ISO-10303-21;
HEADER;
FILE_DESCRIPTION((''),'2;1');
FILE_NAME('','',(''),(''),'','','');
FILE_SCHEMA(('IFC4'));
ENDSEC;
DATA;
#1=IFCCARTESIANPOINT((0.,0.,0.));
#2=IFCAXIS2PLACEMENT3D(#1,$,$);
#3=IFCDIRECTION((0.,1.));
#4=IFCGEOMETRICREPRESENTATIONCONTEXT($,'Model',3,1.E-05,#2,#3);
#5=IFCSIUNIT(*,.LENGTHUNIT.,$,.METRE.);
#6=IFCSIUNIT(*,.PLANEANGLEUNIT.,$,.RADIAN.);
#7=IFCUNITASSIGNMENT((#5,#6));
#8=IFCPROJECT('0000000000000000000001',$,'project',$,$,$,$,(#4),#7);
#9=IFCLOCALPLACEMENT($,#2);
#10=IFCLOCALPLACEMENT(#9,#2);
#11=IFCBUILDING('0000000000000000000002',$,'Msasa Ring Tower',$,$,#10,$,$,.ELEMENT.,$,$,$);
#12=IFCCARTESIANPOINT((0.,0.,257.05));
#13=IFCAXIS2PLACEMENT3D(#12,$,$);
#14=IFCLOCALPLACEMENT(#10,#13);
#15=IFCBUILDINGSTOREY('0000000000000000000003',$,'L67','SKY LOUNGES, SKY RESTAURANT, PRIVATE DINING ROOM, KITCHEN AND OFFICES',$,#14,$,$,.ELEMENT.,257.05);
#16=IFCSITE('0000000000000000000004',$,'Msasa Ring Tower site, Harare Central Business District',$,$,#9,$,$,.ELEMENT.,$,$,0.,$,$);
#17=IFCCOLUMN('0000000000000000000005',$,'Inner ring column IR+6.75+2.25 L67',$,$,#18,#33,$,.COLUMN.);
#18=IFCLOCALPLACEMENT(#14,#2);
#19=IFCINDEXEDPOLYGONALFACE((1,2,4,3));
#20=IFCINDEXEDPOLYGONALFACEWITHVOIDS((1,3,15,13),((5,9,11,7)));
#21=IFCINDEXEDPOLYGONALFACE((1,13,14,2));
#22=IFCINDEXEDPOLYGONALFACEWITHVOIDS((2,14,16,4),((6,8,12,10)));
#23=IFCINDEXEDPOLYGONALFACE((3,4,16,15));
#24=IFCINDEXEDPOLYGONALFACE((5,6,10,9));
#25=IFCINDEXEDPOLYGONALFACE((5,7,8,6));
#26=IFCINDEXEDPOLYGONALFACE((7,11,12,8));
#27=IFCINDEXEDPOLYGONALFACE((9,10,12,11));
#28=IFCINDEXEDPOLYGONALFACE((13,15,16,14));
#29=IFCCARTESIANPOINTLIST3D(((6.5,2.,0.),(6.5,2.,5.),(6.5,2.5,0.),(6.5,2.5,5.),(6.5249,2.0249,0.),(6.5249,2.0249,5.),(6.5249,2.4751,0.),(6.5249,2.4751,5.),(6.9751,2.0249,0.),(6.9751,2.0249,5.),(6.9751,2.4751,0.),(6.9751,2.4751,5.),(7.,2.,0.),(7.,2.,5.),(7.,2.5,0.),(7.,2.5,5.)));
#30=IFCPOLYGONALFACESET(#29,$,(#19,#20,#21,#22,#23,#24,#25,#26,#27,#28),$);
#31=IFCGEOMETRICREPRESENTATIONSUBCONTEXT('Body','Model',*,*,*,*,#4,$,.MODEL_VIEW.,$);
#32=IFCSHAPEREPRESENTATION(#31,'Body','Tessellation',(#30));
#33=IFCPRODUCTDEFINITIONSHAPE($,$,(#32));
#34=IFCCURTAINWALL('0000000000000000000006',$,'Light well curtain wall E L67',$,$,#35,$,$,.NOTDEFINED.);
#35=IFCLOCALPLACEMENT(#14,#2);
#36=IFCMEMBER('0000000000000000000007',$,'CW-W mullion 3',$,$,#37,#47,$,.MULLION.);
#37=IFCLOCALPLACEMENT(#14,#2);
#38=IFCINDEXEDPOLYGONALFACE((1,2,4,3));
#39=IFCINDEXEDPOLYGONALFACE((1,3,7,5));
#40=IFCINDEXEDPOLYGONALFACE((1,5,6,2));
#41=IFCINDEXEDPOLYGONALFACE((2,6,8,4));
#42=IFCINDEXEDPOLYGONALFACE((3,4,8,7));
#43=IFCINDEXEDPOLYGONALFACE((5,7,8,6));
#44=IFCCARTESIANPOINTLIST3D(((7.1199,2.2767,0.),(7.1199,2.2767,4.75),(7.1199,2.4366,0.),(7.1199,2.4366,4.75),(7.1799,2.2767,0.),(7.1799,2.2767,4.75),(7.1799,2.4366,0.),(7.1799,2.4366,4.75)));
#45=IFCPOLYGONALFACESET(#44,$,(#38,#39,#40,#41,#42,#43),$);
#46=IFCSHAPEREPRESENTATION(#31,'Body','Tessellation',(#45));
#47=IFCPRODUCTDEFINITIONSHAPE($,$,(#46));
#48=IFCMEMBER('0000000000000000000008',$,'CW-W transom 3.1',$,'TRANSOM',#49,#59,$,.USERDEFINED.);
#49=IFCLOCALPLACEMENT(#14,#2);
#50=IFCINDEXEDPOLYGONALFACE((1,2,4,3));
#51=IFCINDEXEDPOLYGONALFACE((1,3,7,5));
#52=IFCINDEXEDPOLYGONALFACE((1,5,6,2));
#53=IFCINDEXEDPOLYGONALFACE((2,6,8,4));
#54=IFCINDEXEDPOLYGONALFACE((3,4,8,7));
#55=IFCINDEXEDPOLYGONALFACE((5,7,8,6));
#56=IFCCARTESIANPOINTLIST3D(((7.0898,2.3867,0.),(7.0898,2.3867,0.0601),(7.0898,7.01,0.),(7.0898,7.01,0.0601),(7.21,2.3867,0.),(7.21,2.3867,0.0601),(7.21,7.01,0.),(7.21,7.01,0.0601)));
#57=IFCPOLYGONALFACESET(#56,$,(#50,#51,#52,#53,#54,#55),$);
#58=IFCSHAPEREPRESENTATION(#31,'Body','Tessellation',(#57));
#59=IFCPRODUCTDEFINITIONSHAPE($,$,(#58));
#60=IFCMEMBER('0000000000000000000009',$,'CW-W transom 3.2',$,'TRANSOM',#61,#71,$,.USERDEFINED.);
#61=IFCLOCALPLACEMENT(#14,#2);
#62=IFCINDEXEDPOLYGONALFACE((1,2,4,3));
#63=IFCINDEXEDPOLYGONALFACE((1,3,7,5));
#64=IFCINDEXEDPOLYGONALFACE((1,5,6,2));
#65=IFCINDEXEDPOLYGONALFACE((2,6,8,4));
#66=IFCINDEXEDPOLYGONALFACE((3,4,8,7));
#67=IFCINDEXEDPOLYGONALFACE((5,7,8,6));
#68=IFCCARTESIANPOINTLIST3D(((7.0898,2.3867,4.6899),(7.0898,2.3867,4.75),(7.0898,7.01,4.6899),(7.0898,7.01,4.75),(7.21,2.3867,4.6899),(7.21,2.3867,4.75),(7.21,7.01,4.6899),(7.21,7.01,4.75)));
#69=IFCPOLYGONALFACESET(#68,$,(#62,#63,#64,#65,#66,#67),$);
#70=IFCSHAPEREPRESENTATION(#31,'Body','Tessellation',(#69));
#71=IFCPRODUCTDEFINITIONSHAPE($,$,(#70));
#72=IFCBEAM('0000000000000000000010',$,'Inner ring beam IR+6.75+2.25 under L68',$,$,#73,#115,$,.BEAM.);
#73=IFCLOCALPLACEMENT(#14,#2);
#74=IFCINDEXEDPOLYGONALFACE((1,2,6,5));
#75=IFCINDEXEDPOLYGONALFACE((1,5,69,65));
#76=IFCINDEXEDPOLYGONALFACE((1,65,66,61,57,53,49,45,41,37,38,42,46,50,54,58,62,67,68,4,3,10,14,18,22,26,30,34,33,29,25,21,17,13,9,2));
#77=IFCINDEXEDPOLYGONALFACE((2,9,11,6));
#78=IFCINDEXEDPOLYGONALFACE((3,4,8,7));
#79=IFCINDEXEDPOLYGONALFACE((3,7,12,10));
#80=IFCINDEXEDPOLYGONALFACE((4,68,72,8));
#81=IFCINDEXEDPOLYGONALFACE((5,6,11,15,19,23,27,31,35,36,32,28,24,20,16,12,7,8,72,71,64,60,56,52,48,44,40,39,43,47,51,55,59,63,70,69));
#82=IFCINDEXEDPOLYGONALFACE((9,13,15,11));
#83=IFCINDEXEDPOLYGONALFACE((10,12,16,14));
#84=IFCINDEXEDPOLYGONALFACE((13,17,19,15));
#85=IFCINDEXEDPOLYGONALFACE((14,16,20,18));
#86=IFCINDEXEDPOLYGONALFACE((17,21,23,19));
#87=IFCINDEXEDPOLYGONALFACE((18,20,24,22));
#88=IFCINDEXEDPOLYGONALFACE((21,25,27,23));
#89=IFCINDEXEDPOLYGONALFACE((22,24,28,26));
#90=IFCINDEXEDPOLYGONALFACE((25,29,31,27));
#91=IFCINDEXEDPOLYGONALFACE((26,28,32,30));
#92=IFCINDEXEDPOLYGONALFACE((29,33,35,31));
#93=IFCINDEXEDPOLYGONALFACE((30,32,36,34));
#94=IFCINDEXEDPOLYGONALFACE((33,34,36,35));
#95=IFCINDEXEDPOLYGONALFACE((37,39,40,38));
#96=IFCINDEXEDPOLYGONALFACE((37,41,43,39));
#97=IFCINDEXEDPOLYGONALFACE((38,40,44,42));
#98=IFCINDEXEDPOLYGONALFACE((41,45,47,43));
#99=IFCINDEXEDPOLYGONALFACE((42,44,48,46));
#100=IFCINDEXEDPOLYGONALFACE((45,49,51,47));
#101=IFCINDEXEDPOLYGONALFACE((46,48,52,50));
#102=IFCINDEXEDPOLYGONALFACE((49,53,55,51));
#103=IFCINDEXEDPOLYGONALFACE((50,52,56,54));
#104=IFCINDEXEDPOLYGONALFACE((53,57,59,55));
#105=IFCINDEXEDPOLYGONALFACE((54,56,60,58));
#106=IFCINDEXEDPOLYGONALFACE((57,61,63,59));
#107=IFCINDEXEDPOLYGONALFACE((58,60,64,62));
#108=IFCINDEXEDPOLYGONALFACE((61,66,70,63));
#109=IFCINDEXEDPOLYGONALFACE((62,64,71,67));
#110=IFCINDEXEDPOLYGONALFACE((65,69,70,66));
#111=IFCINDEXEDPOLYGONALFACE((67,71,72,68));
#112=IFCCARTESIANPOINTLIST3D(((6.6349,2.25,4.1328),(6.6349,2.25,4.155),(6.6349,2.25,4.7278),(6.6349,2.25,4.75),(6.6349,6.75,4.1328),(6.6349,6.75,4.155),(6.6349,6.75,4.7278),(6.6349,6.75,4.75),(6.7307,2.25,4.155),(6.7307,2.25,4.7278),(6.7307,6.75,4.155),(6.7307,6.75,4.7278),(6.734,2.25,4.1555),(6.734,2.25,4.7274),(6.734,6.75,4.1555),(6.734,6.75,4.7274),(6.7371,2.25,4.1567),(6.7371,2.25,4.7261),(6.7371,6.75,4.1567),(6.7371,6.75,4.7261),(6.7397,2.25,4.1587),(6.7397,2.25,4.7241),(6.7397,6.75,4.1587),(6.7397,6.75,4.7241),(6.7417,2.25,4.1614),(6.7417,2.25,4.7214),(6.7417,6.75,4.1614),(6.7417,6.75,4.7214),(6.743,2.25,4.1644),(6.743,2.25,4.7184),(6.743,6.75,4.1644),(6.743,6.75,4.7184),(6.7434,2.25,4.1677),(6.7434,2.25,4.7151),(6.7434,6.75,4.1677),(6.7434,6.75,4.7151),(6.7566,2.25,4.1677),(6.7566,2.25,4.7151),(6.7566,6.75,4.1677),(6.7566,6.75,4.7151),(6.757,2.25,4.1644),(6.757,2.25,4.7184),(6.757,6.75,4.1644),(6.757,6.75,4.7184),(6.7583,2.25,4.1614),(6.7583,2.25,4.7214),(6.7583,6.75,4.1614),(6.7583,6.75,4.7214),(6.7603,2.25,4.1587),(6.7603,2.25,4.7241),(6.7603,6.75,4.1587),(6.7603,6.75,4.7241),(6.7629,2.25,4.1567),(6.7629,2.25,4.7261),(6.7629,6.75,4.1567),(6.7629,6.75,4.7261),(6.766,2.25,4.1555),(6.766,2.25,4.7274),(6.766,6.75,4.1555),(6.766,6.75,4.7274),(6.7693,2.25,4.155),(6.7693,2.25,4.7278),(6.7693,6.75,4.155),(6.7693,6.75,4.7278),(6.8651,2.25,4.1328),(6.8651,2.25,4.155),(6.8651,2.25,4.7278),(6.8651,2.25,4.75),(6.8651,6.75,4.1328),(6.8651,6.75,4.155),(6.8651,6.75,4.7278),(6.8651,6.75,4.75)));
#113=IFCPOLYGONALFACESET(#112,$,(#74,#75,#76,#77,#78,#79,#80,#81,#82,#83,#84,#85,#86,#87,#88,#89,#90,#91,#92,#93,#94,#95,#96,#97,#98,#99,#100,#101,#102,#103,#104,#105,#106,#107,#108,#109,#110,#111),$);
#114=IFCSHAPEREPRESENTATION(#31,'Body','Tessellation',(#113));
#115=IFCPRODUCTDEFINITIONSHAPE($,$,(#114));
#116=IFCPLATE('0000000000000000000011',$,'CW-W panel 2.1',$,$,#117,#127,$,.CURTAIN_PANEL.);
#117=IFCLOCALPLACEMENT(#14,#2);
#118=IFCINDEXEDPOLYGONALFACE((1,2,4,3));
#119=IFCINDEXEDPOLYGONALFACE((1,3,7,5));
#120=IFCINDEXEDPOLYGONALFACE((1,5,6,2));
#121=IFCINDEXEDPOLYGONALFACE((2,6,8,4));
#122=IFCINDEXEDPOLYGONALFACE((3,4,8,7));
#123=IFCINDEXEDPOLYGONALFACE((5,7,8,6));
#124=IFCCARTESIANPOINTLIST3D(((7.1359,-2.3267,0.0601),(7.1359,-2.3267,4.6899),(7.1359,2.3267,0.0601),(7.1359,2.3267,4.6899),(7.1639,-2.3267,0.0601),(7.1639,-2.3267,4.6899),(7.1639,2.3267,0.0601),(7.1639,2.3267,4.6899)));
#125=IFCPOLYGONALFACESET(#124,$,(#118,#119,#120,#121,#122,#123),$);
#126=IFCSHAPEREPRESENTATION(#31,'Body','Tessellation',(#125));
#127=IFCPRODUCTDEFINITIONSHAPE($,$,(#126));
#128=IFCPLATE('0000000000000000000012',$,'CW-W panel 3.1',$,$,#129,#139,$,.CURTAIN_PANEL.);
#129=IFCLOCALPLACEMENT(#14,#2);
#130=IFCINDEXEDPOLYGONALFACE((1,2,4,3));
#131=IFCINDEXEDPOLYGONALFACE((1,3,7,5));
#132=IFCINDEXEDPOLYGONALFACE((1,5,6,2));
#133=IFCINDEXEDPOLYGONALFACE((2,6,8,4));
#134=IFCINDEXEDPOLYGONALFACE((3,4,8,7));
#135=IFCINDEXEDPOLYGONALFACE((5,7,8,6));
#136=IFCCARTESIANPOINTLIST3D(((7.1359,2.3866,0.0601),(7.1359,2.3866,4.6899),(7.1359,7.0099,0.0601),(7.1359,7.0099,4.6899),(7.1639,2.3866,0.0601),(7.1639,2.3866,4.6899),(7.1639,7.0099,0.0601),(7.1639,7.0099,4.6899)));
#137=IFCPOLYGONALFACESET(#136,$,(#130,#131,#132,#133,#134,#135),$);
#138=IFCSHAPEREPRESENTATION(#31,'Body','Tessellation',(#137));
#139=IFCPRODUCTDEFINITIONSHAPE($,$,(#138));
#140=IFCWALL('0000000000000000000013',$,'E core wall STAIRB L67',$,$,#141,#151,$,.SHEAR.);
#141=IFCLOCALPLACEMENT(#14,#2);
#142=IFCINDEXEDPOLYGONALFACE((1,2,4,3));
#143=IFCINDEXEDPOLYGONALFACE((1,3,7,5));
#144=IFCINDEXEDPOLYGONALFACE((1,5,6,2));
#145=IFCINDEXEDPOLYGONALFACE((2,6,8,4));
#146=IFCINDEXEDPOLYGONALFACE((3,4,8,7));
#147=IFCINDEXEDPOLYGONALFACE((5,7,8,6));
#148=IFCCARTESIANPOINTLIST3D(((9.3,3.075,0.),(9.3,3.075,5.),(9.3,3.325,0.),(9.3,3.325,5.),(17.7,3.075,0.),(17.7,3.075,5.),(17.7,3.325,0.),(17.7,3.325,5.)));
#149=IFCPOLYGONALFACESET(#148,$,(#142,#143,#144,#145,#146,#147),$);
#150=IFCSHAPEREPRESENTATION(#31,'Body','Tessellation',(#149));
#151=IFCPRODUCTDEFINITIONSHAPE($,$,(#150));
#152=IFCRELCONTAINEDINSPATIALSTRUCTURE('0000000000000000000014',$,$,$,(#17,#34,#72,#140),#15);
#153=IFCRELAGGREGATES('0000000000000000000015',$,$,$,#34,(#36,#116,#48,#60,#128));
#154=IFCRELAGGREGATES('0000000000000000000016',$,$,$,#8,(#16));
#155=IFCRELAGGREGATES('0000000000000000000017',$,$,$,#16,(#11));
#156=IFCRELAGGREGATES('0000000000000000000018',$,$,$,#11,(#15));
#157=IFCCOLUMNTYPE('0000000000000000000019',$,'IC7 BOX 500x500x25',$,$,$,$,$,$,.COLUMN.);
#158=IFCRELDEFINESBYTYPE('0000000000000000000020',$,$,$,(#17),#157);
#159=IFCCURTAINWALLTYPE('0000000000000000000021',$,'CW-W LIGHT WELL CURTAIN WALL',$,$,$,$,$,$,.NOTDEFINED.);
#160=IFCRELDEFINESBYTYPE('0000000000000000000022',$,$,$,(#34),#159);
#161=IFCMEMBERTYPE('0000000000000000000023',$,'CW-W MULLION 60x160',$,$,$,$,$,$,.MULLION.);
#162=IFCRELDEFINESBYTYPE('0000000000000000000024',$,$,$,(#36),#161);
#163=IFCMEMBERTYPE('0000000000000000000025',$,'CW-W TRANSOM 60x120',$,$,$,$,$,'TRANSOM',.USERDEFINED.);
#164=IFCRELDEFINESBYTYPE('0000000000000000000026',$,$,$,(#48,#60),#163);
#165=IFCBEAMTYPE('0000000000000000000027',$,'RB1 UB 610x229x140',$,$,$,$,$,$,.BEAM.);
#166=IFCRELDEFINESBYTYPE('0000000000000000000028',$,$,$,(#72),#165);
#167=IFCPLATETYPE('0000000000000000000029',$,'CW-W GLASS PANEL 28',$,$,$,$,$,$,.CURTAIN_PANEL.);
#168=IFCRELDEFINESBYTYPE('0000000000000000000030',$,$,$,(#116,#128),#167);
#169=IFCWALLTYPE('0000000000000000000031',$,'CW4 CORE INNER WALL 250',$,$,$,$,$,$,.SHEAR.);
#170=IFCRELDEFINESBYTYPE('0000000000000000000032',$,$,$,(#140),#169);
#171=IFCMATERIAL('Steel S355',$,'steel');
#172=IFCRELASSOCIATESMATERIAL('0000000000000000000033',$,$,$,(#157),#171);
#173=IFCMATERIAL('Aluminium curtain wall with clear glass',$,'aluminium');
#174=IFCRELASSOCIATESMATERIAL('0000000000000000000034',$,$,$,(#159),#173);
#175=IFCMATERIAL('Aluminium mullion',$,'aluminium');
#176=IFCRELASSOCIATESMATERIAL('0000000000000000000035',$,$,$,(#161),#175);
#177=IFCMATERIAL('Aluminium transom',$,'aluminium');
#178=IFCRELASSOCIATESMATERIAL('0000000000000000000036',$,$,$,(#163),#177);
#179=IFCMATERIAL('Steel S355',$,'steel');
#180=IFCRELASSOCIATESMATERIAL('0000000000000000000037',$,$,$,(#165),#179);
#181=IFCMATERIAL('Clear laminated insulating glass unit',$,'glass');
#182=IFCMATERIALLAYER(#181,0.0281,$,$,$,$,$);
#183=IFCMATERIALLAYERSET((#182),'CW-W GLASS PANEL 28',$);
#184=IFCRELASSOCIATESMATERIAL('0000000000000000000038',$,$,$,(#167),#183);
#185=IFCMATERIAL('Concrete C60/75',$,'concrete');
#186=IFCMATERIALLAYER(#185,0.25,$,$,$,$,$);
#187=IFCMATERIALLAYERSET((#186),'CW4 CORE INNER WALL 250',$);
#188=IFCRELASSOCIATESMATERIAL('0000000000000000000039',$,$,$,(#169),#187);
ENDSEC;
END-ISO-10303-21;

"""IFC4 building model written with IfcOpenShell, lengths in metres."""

from ifc_helpers import new_model, si_unit, direction, frame, frame_2d, origin, origin_2d, place, context, subcontext, project, spatial, rectangle, hollow_rectangle, i_section, extrude, material, layer, layer_set, material_profile, profile_set, type_object, element, aggregate, save


model = new_model("IFC4")

# Units and contexts
model_context = context("Model", 3, precision=1e-05, world=origin(), true_north=direction((0.0, 1.0)))
body_context = subcontext(model_context, "Body", "Model", "MODEL_VIEW")
ifc_project = project(units=[si_unit("LENGTHUNIT", "METRE"), si_unit("PLANEANGLEUNIT", "RADIAN")], contexts=[model_context])

# Site, building, storey
site_placement = place(None, origin())
site = spatial("IfcSite", under=ifc_project, at=site_placement, Name="Msasa Ring Tower site, Harare Central Business District", CompositionType="ELEMENT", RefElevation=0.0)
building_placement = place(site_placement, origin())
building = spatial("IfcBuilding", under=site, at=building_placement, Name="Msasa Ring Tower", CompositionType="ELEMENT")
storey_placement = place(building_placement, frame((0.0, 0.0, 257.05)))
storey = spatial("IfcBuildingStorey", under=building, at=storey_placement, Name="L67", Description="SKY LOUNGES, SKY RESTAURANT, PRIVATE DINING ROOM, KITCHEN AND OFFICES", CompositionType="ELEMENT", Elevation=257.05)

# Column
ifc_material_1 = material(Name="Steel S355", Category="steel")
ifc_material_profile_1 = material_profile(ifc_material_1, hollow_rectangle(XDim=0.5, YDim=0.5, WallThickness=0.0249, at=origin_2d()), Name="BOX 500x500x25")
ifc_profile_set_1 = profile_set([ifc_material_profile_1], Name="Steel S355")
column_type = type_object("IfcColumnType", Name="IC7 BOX 500x500x25", PredefinedType="COLUMN", material=ifc_profile_set_1)
column_placement = place(storey_placement, frame((6.75, 2.25, 0.0), z_axis=(0.0, 0.0, 1.0), x_axis=(1.0, 0.0, 0.0)))
element("IfcColumn", 1, at=column_placement, inside=storey, type_object=column_type, Name="Inner ring column IR+6.75+2.25 L67", PredefinedType="COLUMN", context=body_context, shape_type="SweptSolid", body=[
    extrude(hollow_rectangle(XDim=0.5, YDim=0.5, WallThickness=0.0249, at=origin_2d()), origin(), (0.0, 0.0, 1.0), 5.0),
])

# Curtain wall, members
ifc_material_2 = material(Name="Aluminium curtain wall with clear glass", Category="aluminium")
curtain_wall_type = type_object("IfcCurtainWallType", Name="CW-W LIGHT WELL CURTAIN WALL", PredefinedType="NOTDEFINED", material=ifc_material_2)
curtain_wall_placement = place(storey_placement, origin())
curtain_wall = element("IfcCurtainWall", 2, at=curtain_wall_placement, inside=storey, type_object=curtain_wall_type, Name="Light well curtain wall E L67", PredefinedType="NOTDEFINED")
ifc_material_3 = material(Name="Aluminium mullion", Category="aluminium")
ifc_material_profile_2 = material_profile(ifc_material_3, rectangle(XDim=0.0601, YDim=0.1599, at=origin_2d()), Name="AL 60x160")
ifc_profile_set_2 = profile_set([ifc_material_profile_2], Name="Aluminium mullion")
member_type_1 = type_object("IfcMemberType", Name="CW-W MULLION 60x160", PredefinedType="MULLION", material=ifc_profile_set_2)
member_1_placement = place(storey_placement, frame((7.1499, 2.3567, 0.0), z_axis=(0.0, 0.0, 1.0), x_axis=(-1.0, 0.0, 0.0)))
member_1 = element("IfcMember", 3, at=member_1_placement, type_object=member_type_1, Name="CW-W mullion 3", PredefinedType="MULLION", context=body_context, shape_type="SweptSolid", body=[
    extrude(rectangle(XDim=0.0601, YDim=0.1599, at=origin_2d()), origin(), (0.0, 0.0, 1.0), 4.75),
])
ifc_material_4 = material(Name="Aluminium transom", Category="aluminium")
ifc_material_profile_3 = material_profile(ifc_material_4, rectangle(XDim=0.1201, YDim=0.0601, at=origin_2d()), Name="AL 60x120")
ifc_profile_set_3 = profile_set([ifc_material_profile_3], Name="Aluminium transom")
member_type_2 = type_object("IfcMemberType", Name="CW-W TRANSOM 60x120", ElementType="TRANSOM", PredefinedType="USERDEFINED", material=ifc_profile_set_3)
member_2_placement = place(storey_placement, frame((7.1499, 2.3867, 0.03), z_axis=(0.0, 1.0, 0.0), x_axis=(-1.0, 0.0, 0.0)))
member_2 = element("IfcMember", 4, at=member_2_placement, type_object=member_type_2, Name="CW-W transom 3.1", ObjectType="TRANSOM", PredefinedType="USERDEFINED", context=body_context, shape_type="SweptSolid", body=[
    extrude(rectangle(XDim=0.1201, YDim=0.0601, at=origin_2d()), origin(), (0.0, 0.0, 1.0), 4.6233),
])
member_3_placement = place(storey_placement, frame((7.1499, 2.3867, 4.72), z_axis=(0.0, 1.0, 0.0), x_axis=(-1.0, 0.0, 0.0)))
member_3 = element("IfcMember", 5, at=member_3_placement, type_object=member_type_2, Name="CW-W transom 3.2", ObjectType="TRANSOM", PredefinedType="USERDEFINED", context=body_context, shape_type="SweptSolid", body=[
    extrude(rectangle(XDim=0.1201, YDim=0.0601, at=origin_2d()), origin(), (0.0, 0.0, 1.0), 4.6233),
])

# Beam
ifc_material_5 = material(Name="Steel S355", Category="steel")
ifc_material_profile_4 = material_profile(ifc_material_5, i_section(OverallWidth=0.2302, OverallDepth=0.6172, WebThickness=0.0132, FlangeThickness=0.0222, FilletRadius=0.0127, at=origin_2d()), Name="UB 610x229x140")
ifc_profile_set_4 = profile_set([ifc_material_profile_4], Name="Steel S355")
beam_type = type_object("IfcBeamType", Name="RB1 UB 610x229x140", PredefinedType="BEAM", material=ifc_profile_set_4)
beam_placement = place(storey_placement, frame((6.75, 2.25, 4.4414), z_axis=(0.0, 1.0, 0.0), x_axis=(-1.0, 0.0, 0.0)))
element("IfcBeam", 6, at=beam_placement, inside=storey, type_object=beam_type, Name="Inner ring beam IR+6.75+2.25 under L68", PredefinedType="BEAM", context=body_context, shape_type="SweptSolid", body=[
    extrude(i_section(OverallWidth=0.2302, OverallDepth=0.6172, WebThickness=0.0132, FlangeThickness=0.0222, FilletRadius=0.0127, at=origin_2d()), origin(), (0.0, 0.0, 1.0), 4.5),
])

# Plates
ifc_material_6 = material(Name="Clear laminated insulating glass unit", Category="glass")
ifc_layer_1 = layer(ifc_material_6, 0.0281)
ifc_layer_set_1 = layer_set([ifc_layer_1], Name="CW-W GLASS PANEL 28")
plate_type = type_object("IfcPlateType", Name="CW-W GLASS PANEL 28", PredefinedType="CURTAIN_PANEL", material=ifc_layer_set_1)
plate_1_placement = place(storey_placement, frame((7.1499, 0.0, 0.0601), z_axis=(0.0, 0.0, 1.0), x_axis=(0.0, 1.0, 0.0)))
plate_1 = element("IfcPlate", 7, at=plate_1_placement, type_object=plate_type, Name="CW-W panel 2.1", PredefinedType="CURTAIN_PANEL", context=body_context, shape_type="SweptSolid", body=[
    extrude(rectangle(XDim=4.6533, YDim=0.0281, at=origin_2d()), origin(), (0.0, 0.0, 1.0), 4.6299),
])
plate_2_placement = place(storey_placement, frame((7.1499, 4.6982, 0.0601), z_axis=(0.0, 0.0, 1.0), x_axis=(0.0, 1.0, 0.0)))
plate_2 = element("IfcPlate", 8, at=plate_2_placement, type_object=plate_type, Name="CW-W panel 3.1", PredefinedType="CURTAIN_PANEL", context=body_context, shape_type="SweptSolid", body=[
    extrude(rectangle(XDim=4.6233, YDim=0.0281, at=origin_2d()), origin(), (0.0, 0.0, 1.0), 4.6299),
])
aggregate(curtain_wall, [member_1, plate_1, member_2, member_3, plate_2])

# Wall
ifc_material_7 = material(Name="Concrete C60/75", Category="concrete")
ifc_layer_2 = layer(ifc_material_7, 0.25)
ifc_layer_set_2 = layer_set([ifc_layer_2], Name="CW4 CORE INNER WALL 250")
wall_type = type_object("IfcWallType", Name="CW4 CORE INNER WALL 250", PredefinedType="SHEAR", material=ifc_layer_set_2)
wall_placement = place(storey_placement, frame((9.3, 3.2, 0.0), z_axis=(0.0, 0.0, 1.0), x_axis=(1.0, 0.0, 0.0)))
element("IfcWall", 9, at=wall_placement, inside=storey, type_object=wall_type, Name="E core wall STAIRB L67", PredefinedType="SHEAR", context=body_context, shape_type="SweptSolid", body=[
    extrude(rectangle(XDim=8.3999, YDim=0.25, at=frame_2d((4.2, 0.0))), origin(), (0.0, 0.0, 1.0), 5.0),
])

save(model, "model.ifc")
